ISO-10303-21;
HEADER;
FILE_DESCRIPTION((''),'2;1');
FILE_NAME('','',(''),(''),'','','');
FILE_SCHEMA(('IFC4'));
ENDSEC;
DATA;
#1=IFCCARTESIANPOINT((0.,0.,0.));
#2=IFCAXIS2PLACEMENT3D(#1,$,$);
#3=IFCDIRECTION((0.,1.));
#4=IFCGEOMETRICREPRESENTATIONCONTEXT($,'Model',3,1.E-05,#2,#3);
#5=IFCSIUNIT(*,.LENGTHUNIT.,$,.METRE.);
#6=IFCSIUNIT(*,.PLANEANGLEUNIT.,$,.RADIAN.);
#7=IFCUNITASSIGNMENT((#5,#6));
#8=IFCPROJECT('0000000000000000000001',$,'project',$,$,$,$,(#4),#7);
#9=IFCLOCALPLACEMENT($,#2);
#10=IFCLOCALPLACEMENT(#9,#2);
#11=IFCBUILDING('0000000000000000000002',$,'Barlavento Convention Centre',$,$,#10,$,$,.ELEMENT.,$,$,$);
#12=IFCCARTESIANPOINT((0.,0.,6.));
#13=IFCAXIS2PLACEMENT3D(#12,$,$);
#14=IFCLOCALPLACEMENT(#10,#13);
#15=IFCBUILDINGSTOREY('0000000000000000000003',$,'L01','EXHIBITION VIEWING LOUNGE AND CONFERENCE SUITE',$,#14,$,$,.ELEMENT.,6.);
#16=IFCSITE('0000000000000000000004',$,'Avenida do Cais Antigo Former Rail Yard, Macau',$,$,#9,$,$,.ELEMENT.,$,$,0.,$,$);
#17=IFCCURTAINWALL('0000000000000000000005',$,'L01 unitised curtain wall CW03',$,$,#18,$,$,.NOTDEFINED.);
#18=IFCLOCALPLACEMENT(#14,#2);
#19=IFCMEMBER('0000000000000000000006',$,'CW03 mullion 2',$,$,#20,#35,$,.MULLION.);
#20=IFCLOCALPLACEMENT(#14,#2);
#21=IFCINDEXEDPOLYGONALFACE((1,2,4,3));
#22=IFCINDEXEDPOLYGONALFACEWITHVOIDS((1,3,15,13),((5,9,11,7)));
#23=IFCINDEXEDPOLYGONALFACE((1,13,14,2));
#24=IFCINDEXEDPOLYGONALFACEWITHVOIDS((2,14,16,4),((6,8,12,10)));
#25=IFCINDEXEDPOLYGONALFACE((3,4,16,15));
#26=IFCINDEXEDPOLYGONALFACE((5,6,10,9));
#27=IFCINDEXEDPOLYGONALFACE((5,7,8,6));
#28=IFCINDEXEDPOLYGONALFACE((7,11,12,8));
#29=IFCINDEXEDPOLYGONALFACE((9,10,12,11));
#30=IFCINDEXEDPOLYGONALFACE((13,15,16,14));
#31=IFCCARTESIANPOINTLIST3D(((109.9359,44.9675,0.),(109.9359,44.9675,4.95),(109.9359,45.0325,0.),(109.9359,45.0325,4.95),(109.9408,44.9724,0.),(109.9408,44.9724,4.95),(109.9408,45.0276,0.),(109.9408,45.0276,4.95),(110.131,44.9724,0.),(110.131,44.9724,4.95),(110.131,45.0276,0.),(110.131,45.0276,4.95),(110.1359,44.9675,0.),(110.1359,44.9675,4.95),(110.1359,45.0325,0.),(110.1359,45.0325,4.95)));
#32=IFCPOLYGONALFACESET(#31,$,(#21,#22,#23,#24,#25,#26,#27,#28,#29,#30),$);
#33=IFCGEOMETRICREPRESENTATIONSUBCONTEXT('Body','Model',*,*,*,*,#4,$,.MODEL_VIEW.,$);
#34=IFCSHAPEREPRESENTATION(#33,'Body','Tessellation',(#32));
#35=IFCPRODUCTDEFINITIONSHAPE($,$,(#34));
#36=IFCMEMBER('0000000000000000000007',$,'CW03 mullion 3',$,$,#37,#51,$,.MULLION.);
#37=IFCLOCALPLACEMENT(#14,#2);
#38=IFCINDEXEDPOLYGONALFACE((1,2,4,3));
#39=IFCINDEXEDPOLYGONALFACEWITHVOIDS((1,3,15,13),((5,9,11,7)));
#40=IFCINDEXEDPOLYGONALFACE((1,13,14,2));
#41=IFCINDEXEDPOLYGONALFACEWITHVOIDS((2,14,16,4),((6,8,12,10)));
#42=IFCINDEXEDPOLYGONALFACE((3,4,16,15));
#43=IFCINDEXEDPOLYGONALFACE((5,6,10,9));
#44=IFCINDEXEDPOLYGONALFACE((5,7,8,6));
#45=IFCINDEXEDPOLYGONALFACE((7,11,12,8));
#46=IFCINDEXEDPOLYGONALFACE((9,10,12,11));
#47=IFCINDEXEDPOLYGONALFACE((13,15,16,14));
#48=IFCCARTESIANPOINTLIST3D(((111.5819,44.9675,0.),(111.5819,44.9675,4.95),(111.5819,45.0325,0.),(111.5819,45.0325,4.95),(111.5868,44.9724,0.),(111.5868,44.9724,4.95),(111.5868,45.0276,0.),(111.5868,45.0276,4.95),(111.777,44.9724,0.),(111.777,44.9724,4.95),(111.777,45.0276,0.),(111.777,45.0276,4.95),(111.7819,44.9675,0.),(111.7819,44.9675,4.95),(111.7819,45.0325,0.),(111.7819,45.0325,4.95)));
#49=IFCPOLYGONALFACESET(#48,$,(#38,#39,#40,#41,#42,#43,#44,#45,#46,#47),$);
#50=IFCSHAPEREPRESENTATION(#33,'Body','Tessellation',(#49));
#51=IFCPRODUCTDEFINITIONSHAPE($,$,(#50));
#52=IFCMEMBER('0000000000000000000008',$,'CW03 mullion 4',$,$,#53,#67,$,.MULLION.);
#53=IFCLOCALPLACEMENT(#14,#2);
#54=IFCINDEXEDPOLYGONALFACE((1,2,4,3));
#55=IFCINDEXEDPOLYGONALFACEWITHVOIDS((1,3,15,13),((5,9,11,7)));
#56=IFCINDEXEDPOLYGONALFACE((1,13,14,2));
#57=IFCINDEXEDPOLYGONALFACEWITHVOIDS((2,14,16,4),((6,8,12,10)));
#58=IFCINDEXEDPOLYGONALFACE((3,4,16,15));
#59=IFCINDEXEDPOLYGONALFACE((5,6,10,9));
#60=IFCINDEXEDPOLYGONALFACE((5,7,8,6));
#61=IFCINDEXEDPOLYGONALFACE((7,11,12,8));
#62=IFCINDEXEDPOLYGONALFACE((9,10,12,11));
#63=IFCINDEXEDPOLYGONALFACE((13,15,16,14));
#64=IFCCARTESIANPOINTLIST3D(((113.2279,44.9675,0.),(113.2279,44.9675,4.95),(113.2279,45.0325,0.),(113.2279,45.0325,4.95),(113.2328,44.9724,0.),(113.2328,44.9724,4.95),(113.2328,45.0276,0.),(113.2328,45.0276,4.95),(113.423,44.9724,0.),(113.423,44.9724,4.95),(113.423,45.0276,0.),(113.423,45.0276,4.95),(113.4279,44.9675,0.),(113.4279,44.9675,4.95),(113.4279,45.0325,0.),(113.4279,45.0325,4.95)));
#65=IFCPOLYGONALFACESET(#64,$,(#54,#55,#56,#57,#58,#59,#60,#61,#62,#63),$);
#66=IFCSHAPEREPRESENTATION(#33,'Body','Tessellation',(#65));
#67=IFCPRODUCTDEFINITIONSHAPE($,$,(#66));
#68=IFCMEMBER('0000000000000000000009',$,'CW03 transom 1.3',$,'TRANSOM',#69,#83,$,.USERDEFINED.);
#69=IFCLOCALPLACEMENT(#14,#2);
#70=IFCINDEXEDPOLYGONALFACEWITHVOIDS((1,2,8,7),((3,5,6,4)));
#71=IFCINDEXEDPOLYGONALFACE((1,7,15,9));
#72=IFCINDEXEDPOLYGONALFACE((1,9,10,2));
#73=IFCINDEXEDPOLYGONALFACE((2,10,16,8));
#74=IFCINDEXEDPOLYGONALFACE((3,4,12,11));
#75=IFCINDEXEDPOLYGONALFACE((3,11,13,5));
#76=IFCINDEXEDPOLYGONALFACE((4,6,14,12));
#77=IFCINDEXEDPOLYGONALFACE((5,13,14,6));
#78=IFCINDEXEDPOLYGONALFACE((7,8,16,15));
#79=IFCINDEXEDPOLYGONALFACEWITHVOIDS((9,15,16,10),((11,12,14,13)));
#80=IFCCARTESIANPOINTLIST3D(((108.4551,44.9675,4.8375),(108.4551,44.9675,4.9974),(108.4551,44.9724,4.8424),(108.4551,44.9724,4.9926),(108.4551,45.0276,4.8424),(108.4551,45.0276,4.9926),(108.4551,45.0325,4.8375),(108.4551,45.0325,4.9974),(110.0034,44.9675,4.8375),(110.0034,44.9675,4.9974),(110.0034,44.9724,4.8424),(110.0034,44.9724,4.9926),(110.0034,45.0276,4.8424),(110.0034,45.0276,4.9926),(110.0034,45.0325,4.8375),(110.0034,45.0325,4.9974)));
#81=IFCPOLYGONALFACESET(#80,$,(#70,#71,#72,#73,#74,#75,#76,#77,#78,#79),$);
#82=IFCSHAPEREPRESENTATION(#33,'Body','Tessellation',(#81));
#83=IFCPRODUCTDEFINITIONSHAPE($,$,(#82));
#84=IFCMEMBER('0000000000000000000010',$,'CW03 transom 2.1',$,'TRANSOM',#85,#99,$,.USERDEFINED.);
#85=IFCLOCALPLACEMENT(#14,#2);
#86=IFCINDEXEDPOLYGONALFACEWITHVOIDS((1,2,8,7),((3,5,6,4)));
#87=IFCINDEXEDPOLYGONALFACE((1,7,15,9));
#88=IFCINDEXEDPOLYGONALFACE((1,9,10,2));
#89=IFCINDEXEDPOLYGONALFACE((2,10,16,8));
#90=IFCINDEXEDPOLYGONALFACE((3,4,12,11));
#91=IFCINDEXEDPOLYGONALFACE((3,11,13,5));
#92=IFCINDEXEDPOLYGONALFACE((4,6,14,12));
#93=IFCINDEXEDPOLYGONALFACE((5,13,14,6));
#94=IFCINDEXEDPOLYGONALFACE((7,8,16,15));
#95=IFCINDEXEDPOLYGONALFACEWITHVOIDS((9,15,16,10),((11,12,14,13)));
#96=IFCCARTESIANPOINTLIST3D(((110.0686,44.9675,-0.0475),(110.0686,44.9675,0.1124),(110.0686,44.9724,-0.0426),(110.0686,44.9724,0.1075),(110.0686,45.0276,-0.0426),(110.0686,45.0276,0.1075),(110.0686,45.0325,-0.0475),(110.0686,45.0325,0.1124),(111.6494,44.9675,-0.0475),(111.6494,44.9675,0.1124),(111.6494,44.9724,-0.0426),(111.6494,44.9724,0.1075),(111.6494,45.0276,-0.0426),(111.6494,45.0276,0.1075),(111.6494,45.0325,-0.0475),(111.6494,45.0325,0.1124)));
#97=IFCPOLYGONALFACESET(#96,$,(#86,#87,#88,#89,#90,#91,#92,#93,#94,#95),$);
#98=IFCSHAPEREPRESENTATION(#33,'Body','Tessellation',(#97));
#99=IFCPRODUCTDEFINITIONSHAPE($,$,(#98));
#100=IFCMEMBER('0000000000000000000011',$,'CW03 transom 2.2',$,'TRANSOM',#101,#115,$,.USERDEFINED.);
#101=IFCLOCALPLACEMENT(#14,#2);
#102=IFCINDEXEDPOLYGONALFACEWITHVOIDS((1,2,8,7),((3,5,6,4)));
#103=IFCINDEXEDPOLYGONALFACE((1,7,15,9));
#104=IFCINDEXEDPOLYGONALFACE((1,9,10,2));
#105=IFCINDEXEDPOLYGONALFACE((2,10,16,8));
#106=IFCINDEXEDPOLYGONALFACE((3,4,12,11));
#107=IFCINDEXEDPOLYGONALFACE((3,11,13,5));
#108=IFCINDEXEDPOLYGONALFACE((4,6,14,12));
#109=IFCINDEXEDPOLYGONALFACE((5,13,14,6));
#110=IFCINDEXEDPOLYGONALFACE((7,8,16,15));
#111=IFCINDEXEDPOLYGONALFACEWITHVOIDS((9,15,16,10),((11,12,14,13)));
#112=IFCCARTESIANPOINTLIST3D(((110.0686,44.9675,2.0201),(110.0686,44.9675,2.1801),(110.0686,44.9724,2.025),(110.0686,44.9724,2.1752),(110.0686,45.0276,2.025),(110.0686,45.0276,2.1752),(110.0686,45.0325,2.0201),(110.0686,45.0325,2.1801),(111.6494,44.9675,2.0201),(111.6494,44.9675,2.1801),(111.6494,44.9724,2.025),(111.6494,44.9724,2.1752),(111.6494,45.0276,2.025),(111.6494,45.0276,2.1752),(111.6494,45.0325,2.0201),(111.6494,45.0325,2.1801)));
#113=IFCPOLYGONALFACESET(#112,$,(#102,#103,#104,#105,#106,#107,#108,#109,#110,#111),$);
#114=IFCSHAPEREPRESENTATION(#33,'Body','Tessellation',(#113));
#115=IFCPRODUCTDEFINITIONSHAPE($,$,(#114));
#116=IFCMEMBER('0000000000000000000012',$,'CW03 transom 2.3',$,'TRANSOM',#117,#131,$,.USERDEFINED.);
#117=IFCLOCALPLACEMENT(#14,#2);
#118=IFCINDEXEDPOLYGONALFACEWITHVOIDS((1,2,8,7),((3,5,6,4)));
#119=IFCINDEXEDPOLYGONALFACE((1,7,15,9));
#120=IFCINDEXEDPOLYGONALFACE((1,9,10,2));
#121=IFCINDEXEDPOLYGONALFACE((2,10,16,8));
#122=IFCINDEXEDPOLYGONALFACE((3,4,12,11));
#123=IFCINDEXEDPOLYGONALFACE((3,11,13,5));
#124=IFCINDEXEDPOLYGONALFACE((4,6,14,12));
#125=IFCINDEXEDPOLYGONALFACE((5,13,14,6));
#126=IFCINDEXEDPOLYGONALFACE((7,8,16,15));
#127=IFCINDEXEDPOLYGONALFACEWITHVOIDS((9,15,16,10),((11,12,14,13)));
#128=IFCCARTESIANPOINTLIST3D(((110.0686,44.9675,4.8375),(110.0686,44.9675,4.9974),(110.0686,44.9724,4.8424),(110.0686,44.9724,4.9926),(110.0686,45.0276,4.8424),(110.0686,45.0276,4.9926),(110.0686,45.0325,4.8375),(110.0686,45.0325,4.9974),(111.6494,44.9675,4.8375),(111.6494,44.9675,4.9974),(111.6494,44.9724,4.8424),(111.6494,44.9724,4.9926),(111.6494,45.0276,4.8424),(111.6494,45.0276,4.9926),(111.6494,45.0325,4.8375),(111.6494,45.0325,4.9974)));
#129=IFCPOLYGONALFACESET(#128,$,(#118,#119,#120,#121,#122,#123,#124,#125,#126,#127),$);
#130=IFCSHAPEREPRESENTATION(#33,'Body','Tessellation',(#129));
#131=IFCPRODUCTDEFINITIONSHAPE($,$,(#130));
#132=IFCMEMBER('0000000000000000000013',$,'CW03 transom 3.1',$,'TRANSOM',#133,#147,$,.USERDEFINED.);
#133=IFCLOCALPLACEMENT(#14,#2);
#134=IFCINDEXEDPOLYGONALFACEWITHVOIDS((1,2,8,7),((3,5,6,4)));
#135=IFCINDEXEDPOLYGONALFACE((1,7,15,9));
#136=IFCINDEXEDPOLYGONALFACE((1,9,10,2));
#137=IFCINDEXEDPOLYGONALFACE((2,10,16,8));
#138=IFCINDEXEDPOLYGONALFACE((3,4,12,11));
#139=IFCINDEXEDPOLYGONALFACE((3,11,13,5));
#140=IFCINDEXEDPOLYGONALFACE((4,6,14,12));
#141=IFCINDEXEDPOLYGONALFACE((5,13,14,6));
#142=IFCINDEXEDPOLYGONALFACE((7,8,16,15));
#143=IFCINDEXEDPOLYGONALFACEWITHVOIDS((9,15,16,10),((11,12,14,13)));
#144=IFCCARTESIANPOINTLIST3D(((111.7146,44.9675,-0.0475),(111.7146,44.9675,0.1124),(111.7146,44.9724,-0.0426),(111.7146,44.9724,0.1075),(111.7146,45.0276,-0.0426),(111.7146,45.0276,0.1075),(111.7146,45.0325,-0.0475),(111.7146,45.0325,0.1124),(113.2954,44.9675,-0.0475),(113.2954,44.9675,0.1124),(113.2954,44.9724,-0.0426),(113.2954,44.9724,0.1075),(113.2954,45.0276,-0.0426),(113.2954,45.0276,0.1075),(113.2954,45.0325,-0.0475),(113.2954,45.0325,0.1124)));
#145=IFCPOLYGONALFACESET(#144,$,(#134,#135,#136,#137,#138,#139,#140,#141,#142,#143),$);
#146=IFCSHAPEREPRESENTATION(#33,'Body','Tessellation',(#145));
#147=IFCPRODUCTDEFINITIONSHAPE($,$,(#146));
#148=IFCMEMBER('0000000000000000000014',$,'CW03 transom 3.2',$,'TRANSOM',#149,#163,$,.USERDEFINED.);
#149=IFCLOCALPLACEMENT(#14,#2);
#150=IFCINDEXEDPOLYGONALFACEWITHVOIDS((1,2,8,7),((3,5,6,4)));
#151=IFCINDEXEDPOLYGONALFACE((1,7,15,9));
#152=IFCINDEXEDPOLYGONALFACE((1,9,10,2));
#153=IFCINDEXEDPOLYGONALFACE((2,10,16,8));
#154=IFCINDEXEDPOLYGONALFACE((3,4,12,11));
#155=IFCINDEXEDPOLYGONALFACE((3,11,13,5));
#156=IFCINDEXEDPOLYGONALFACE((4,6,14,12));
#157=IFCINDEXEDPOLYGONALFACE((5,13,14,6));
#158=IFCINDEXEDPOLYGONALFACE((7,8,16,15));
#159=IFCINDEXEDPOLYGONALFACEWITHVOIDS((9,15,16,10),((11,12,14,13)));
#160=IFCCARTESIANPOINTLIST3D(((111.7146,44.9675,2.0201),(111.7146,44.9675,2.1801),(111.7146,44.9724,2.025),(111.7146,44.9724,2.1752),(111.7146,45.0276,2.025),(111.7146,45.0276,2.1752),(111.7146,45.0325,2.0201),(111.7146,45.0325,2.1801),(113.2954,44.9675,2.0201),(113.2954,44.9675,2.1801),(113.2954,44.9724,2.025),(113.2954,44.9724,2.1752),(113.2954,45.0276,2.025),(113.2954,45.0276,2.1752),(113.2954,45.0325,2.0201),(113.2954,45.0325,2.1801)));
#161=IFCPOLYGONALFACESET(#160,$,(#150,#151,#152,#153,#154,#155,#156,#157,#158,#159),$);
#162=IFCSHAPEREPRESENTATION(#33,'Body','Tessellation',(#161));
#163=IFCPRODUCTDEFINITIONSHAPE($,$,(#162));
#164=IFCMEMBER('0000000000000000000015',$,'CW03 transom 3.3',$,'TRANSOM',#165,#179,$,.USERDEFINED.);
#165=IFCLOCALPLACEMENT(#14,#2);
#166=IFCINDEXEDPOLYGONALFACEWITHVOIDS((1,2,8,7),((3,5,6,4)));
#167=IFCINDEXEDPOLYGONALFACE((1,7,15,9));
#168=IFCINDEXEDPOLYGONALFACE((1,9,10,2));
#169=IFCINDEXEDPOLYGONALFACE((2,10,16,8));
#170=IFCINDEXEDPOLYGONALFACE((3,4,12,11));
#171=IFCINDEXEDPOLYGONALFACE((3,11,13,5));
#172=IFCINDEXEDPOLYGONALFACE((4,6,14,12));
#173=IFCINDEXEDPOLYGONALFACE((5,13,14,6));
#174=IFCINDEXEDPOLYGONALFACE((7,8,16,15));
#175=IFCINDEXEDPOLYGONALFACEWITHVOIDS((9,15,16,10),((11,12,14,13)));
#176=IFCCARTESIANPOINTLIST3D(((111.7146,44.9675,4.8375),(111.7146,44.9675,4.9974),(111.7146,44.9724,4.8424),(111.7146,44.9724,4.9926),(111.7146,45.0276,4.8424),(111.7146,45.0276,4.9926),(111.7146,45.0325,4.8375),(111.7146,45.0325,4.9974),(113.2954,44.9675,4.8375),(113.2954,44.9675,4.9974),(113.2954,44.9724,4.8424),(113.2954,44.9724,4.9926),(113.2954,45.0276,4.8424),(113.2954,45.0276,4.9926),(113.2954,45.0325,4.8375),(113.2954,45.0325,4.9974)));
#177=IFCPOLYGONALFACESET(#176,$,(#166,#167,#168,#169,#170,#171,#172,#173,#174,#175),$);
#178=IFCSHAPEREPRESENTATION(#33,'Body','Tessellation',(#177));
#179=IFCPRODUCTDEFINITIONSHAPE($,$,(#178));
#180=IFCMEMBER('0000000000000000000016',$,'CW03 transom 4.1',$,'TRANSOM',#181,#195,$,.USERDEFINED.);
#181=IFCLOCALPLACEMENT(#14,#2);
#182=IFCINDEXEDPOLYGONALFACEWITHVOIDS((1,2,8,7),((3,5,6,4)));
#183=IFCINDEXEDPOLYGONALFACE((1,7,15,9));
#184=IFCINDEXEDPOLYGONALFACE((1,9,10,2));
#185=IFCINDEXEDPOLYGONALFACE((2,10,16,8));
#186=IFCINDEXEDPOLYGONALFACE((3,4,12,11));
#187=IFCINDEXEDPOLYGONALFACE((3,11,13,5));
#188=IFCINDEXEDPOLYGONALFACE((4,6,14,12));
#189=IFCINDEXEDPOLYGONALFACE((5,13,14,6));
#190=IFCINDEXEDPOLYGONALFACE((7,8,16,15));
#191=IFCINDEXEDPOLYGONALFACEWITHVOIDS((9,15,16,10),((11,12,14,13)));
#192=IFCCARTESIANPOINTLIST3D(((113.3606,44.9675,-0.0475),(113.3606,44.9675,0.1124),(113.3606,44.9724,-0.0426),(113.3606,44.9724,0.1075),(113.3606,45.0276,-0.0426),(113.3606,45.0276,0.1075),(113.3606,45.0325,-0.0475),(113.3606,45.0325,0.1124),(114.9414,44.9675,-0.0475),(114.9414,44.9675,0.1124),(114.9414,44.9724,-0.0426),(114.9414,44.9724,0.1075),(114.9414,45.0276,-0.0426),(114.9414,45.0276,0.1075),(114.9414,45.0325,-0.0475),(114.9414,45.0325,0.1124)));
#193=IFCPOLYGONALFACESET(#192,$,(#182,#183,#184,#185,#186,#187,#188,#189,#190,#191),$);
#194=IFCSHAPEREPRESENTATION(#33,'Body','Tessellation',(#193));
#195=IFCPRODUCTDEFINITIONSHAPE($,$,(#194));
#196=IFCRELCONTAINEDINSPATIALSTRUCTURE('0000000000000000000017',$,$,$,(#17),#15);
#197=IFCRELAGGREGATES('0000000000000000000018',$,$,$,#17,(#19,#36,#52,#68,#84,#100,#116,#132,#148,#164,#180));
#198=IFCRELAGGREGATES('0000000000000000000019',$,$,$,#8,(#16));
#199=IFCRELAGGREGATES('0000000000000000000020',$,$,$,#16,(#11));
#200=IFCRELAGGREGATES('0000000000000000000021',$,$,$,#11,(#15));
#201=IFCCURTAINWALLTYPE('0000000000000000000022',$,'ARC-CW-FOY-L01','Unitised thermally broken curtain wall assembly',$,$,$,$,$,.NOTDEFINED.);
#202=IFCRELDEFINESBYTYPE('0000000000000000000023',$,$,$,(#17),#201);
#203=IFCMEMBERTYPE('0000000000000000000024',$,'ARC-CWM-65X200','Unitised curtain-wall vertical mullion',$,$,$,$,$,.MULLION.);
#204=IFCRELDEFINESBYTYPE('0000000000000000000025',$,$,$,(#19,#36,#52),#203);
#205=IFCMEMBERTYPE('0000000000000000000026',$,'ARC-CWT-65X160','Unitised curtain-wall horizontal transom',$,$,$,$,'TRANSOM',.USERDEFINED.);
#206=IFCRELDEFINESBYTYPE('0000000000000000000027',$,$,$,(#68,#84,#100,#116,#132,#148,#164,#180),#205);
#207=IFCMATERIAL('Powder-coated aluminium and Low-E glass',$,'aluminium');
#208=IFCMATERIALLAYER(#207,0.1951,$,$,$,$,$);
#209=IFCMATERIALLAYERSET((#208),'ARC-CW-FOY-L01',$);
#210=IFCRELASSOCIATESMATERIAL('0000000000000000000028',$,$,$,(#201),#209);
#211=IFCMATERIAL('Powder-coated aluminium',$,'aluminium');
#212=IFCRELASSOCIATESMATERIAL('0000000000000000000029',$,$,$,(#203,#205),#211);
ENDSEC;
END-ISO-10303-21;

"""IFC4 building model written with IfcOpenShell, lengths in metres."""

from ifc_helpers import new_model, si_unit, direction, frame, origin, origin_2d, place, context, subcontext, project, spatial, hollow_rectangle, extrude, material, layer, layer_set, material_profile, profile_set, type_object, element, aggregate, save


model = new_model("IFC4")

# Units and contexts
model_context = context("Model", 3, precision=1e-05, world=origin(), true_north=direction((0.0, 1.0)))
body_context = subcontext(model_context, "Body", "Model", "MODEL_VIEW")
ifc_project = project(units=[si_unit("LENGTHUNIT", "METRE"), si_unit("PLANEANGLEUNIT", "RADIAN")], contexts=[model_context])

# Site, building, storey
site_placement = place(None, origin())
site = spatial("IfcSite", under=ifc_project, at=site_placement, Name="Avenida do Cais Antigo Former Rail Yard, Macau", CompositionType="ELEMENT", RefElevation=0.0)
building_placement = place(site_placement, origin())
building = spatial("IfcBuilding", under=site, at=building_placement, Name="Barlavento Convention Centre", CompositionType="ELEMENT")
storey_placement = place(building_placement, frame((0.0, 0.0, 6.0)))
storey = spatial("IfcBuildingStorey", under=building, at=storey_placement, Name="L01", Description="EXHIBITION VIEWING LOUNGE AND CONFERENCE SUITE", CompositionType="ELEMENT", Elevation=6.0)

# Curtain wall, members
ifc_material_1 = material(Name="Powder-coated aluminium and Low-E glass", Category="aluminium")
ifc_layer_1 = layer(ifc_material_1, 0.1951)
ifc_layer_set_1 = layer_set([ifc_layer_1], Name="ARC-CW-FOY-L01")
curtain_wall_type = type_object("IfcCurtainWallType", Name="ARC-CW-FOY-L01", Description="Unitised thermally broken curtain wall assembly", PredefinedType="NOTDEFINED", material=ifc_layer_set_1)
curtain_wall_placement = place(storey_placement, origin())
curtain_wall = element("IfcCurtainWall", 1, at=curtain_wall_placement, inside=storey, type_object=curtain_wall_type, Name="L01 unitised curtain wall CW03", PredefinedType="NOTDEFINED")
ifc_material_2 = material(Name="Powder-coated aluminium", Category="aluminium")
ifc_material_profile_1 = material_profile(ifc_material_2, hollow_rectangle(XDim=0.0649, YDim=0.2, WallThickness=0.0049, at=origin_2d()), Name="AL-MULL 65x200x5")
ifc_profile_set_1 = profile_set([ifc_material_profile_1], Name="Powder-coated aluminium")
member_type_1 = type_object("IfcMemberType", Name="ARC-CWM-65X200", Description="Unitised curtain-wall vertical mullion", PredefinedType="MULLION", material=ifc_profile_set_1)
member_1_placement = place(storey_placement, frame((110.0359, 45.0, 0.0), z_axis=(0.0, 0.0, 1.0), x_axis=(0.0, 1.0, 0.0)))
member_1 = element("IfcMember", 2, at=member_1_placement, type_object=member_type_1, Name="CW03 mullion 2", PredefinedType="MULLION", context=body_context, shape_type="SweptSolid", body=[
    extrude(hollow_rectangle(XDim=0.0649, YDim=0.2, WallThickness=0.0049, at=origin_2d()), origin(), (0.0, 0.0, 1.0), 4.95),
])
member_2_placement = place(storey_placement, frame((111.6819, 45.0, 0.0), z_axis=(0.0, 0.0, 1.0), x_axis=(0.0, 1.0, 0.0)))
member_2 = element("IfcMember", 3, at=member_2_placement, type_object=member_type_1, Name="CW03 mullion 3", PredefinedType="MULLION", context=body_context, shape_type="SweptSolid", body=[
    extrude(hollow_rectangle(XDim=0.0649, YDim=0.2, WallThickness=0.0049, at=origin_2d()), origin(), (0.0, 0.0, 1.0), 4.95),
])
member_3_placement = place(storey_placement, frame((113.3279, 45.0, 0.0), z_axis=(0.0, 0.0, 1.0), x_axis=(0.0, 1.0, 0.0)))
member_3 = element("IfcMember", 4, at=member_3_placement, type_object=member_type_1, Name="CW03 mullion 4", PredefinedType="MULLION", context=body_context, shape_type="SweptSolid", body=[
    extrude(hollow_rectangle(XDim=0.0649, YDim=0.2, WallThickness=0.0049, at=origin_2d()), origin(), (0.0, 0.0, 1.0), 4.95),
])
ifc_material_profile_2 = material_profile(ifc_material_2, hollow_rectangle(XDim=0.0649, YDim=0.1599, WallThickness=0.0049, at=origin_2d()), Name="AL-TRAN 65x160x5")
ifc_profile_set_2 = profile_set([ifc_material_profile_2], Name="Powder-coated aluminium")
member_type_2 = type_object("IfcMemberType", Name="ARC-CWT-65X160", Description="Unitised curtain-wall horizontal transom", ElementType="TRANSOM", PredefinedType="USERDEFINED", material=ifc_profile_set_2)
member_4_placement = place(storey_placement, frame((108.4551, 45.0, 4.9175), z_axis=(1.0, 0.0, 0.0), x_axis=(0.0, 1.0, 0.0)))
member_4 = element("IfcMember", 5, at=member_4_placement, type_object=member_type_2, Name="CW03 transom 1.3", ObjectType="TRANSOM", PredefinedType="USERDEFINED", context=body_context, shape_type="SweptSolid", body=[
    extrude(hollow_rectangle(XDim=0.0649, YDim=0.1599, WallThickness=0.0049, at=origin_2d()), origin(), (0.0, 0.0, 1.0), 1.5483),
])
member_5_placement = place(storey_placement, frame((110.0686, 45.0, 0.0325), z_axis=(1.0, 0.0, 0.0), x_axis=(0.0, 1.0, 0.0)))
member_5 = element("IfcMember", 6, at=member_5_placement, type_object=member_type_2, Name="CW03 transom 2.1", ObjectType="TRANSOM", PredefinedType="USERDEFINED", context=body_context, shape_type="SweptSolid", body=[
    extrude(hollow_rectangle(XDim=0.0649, YDim=0.1599, WallThickness=0.0049, at=origin_2d()), origin(), (0.0, 0.0, 1.0), 1.5808),
])
member_6_placement = place(storey_placement, frame((110.0686, 45.0, 2.1001), z_axis=(1.0, 0.0, 0.0), x_axis=(0.0, 1.0, 0.0)))
member_6 = element("IfcMember", 7, at=member_6_placement, type_object=member_type_2, Name="CW03 transom 2.2", ObjectType="TRANSOM", PredefinedType="USERDEFINED", context=body_context, shape_type="SweptSolid", body=[
    extrude(hollow_rectangle(XDim=0.0649, YDim=0.1599, WallThickness=0.0049, at=origin_2d()), origin(), (0.0, 0.0, 1.0), 1.5808),
])
member_7_placement = place(storey_placement, frame((110.0686, 45.0, 4.9175), z_axis=(1.0, 0.0, 0.0), x_axis=(0.0, 1.0, 0.0)))
member_7 = element("IfcMember", 8, at=member_7_placement, type_object=member_type_2, Name="CW03 transom 2.3", ObjectType="TRANSOM", PredefinedType="USERDEFINED", context=body_context, shape_type="SweptSolid", body=[
    extrude(hollow_rectangle(XDim=0.0649, YDim=0.1599, WallThickness=0.0049, at=origin_2d()), origin(), (0.0, 0.0, 1.0), 1.5808),
])
member_8_placement = place(storey_placement, frame((111.7146, 45.0, 0.0325), z_axis=(1.0, 0.0, 0.0), x_axis=(0.0, 1.0, 0.0)))
member_8 = element("IfcMember", 9, at=member_8_placement, type_object=member_type_2, Name="CW03 transom 3.1", ObjectType="TRANSOM", PredefinedType="USERDEFINED", context=body_context, shape_type="SweptSolid", body=[
    extrude(hollow_rectangle(XDim=0.0649, YDim=0.1599, WallThickness=0.0049, at=origin_2d()), origin(), (0.0, 0.0, 1.0), 1.5808),
])
member_9_placement = place(storey_placement, frame((111.7146, 45.0, 2.1001), z_axis=(1.0, 0.0, 0.0), x_axis=(0.0, 1.0, 0.0)))
member_9 = element("IfcMember", 10, at=member_9_placement, type_object=member_type_2, Name="CW03 transom 3.2", ObjectType="TRANSOM", PredefinedType="USERDEFINED", context=body_context, shape_type="SweptSolid", body=[
    extrude(hollow_rectangle(XDim=0.0649, YDim=0.1599, WallThickness=0.0049, at=origin_2d()), origin(), (0.0, 0.0, 1.0), 1.5808),
])
member_10_placement = place(storey_placement, frame((111.7146, 45.0, 4.9175), z_axis=(1.0, 0.0, 0.0), x_axis=(0.0, 1.0, 0.0)))
member_10 = element("IfcMember", 11, at=member_10_placement, type_object=member_type_2, Name="CW03 transom 3.3", ObjectType="TRANSOM", PredefinedType="USERDEFINED", context=body_context, shape_type="SweptSolid", body=[
    extrude(hollow_rectangle(XDim=0.0649, YDim=0.1599, WallThickness=0.0049, at=origin_2d()), origin(), (0.0, 0.0, 1.0), 1.5808),
])
member_11_placement = place(storey_placement, frame((113.3606, 45.0, 0.0325), z_axis=(1.0, 0.0, 0.0), x_axis=(0.0, 1.0, 0.0)))
member_11 = element("IfcMember", 12, at=member_11_placement, type_object=member_type_2, Name="CW03 transom 4.1", ObjectType="TRANSOM", PredefinedType="USERDEFINED", context=body_context, shape_type="SweptSolid", body=[
    extrude(hollow_rectangle(XDim=0.0649, YDim=0.1599, WallThickness=0.0049, at=origin_2d()), origin(), (0.0, 0.0, 1.0), 1.5808),
])
aggregate(curtain_wall, [member_1, member_2, member_3, member_4, member_5, member_6, member_7, member_8, member_9, member_10, member_11])

save(model, "model.ifc")
